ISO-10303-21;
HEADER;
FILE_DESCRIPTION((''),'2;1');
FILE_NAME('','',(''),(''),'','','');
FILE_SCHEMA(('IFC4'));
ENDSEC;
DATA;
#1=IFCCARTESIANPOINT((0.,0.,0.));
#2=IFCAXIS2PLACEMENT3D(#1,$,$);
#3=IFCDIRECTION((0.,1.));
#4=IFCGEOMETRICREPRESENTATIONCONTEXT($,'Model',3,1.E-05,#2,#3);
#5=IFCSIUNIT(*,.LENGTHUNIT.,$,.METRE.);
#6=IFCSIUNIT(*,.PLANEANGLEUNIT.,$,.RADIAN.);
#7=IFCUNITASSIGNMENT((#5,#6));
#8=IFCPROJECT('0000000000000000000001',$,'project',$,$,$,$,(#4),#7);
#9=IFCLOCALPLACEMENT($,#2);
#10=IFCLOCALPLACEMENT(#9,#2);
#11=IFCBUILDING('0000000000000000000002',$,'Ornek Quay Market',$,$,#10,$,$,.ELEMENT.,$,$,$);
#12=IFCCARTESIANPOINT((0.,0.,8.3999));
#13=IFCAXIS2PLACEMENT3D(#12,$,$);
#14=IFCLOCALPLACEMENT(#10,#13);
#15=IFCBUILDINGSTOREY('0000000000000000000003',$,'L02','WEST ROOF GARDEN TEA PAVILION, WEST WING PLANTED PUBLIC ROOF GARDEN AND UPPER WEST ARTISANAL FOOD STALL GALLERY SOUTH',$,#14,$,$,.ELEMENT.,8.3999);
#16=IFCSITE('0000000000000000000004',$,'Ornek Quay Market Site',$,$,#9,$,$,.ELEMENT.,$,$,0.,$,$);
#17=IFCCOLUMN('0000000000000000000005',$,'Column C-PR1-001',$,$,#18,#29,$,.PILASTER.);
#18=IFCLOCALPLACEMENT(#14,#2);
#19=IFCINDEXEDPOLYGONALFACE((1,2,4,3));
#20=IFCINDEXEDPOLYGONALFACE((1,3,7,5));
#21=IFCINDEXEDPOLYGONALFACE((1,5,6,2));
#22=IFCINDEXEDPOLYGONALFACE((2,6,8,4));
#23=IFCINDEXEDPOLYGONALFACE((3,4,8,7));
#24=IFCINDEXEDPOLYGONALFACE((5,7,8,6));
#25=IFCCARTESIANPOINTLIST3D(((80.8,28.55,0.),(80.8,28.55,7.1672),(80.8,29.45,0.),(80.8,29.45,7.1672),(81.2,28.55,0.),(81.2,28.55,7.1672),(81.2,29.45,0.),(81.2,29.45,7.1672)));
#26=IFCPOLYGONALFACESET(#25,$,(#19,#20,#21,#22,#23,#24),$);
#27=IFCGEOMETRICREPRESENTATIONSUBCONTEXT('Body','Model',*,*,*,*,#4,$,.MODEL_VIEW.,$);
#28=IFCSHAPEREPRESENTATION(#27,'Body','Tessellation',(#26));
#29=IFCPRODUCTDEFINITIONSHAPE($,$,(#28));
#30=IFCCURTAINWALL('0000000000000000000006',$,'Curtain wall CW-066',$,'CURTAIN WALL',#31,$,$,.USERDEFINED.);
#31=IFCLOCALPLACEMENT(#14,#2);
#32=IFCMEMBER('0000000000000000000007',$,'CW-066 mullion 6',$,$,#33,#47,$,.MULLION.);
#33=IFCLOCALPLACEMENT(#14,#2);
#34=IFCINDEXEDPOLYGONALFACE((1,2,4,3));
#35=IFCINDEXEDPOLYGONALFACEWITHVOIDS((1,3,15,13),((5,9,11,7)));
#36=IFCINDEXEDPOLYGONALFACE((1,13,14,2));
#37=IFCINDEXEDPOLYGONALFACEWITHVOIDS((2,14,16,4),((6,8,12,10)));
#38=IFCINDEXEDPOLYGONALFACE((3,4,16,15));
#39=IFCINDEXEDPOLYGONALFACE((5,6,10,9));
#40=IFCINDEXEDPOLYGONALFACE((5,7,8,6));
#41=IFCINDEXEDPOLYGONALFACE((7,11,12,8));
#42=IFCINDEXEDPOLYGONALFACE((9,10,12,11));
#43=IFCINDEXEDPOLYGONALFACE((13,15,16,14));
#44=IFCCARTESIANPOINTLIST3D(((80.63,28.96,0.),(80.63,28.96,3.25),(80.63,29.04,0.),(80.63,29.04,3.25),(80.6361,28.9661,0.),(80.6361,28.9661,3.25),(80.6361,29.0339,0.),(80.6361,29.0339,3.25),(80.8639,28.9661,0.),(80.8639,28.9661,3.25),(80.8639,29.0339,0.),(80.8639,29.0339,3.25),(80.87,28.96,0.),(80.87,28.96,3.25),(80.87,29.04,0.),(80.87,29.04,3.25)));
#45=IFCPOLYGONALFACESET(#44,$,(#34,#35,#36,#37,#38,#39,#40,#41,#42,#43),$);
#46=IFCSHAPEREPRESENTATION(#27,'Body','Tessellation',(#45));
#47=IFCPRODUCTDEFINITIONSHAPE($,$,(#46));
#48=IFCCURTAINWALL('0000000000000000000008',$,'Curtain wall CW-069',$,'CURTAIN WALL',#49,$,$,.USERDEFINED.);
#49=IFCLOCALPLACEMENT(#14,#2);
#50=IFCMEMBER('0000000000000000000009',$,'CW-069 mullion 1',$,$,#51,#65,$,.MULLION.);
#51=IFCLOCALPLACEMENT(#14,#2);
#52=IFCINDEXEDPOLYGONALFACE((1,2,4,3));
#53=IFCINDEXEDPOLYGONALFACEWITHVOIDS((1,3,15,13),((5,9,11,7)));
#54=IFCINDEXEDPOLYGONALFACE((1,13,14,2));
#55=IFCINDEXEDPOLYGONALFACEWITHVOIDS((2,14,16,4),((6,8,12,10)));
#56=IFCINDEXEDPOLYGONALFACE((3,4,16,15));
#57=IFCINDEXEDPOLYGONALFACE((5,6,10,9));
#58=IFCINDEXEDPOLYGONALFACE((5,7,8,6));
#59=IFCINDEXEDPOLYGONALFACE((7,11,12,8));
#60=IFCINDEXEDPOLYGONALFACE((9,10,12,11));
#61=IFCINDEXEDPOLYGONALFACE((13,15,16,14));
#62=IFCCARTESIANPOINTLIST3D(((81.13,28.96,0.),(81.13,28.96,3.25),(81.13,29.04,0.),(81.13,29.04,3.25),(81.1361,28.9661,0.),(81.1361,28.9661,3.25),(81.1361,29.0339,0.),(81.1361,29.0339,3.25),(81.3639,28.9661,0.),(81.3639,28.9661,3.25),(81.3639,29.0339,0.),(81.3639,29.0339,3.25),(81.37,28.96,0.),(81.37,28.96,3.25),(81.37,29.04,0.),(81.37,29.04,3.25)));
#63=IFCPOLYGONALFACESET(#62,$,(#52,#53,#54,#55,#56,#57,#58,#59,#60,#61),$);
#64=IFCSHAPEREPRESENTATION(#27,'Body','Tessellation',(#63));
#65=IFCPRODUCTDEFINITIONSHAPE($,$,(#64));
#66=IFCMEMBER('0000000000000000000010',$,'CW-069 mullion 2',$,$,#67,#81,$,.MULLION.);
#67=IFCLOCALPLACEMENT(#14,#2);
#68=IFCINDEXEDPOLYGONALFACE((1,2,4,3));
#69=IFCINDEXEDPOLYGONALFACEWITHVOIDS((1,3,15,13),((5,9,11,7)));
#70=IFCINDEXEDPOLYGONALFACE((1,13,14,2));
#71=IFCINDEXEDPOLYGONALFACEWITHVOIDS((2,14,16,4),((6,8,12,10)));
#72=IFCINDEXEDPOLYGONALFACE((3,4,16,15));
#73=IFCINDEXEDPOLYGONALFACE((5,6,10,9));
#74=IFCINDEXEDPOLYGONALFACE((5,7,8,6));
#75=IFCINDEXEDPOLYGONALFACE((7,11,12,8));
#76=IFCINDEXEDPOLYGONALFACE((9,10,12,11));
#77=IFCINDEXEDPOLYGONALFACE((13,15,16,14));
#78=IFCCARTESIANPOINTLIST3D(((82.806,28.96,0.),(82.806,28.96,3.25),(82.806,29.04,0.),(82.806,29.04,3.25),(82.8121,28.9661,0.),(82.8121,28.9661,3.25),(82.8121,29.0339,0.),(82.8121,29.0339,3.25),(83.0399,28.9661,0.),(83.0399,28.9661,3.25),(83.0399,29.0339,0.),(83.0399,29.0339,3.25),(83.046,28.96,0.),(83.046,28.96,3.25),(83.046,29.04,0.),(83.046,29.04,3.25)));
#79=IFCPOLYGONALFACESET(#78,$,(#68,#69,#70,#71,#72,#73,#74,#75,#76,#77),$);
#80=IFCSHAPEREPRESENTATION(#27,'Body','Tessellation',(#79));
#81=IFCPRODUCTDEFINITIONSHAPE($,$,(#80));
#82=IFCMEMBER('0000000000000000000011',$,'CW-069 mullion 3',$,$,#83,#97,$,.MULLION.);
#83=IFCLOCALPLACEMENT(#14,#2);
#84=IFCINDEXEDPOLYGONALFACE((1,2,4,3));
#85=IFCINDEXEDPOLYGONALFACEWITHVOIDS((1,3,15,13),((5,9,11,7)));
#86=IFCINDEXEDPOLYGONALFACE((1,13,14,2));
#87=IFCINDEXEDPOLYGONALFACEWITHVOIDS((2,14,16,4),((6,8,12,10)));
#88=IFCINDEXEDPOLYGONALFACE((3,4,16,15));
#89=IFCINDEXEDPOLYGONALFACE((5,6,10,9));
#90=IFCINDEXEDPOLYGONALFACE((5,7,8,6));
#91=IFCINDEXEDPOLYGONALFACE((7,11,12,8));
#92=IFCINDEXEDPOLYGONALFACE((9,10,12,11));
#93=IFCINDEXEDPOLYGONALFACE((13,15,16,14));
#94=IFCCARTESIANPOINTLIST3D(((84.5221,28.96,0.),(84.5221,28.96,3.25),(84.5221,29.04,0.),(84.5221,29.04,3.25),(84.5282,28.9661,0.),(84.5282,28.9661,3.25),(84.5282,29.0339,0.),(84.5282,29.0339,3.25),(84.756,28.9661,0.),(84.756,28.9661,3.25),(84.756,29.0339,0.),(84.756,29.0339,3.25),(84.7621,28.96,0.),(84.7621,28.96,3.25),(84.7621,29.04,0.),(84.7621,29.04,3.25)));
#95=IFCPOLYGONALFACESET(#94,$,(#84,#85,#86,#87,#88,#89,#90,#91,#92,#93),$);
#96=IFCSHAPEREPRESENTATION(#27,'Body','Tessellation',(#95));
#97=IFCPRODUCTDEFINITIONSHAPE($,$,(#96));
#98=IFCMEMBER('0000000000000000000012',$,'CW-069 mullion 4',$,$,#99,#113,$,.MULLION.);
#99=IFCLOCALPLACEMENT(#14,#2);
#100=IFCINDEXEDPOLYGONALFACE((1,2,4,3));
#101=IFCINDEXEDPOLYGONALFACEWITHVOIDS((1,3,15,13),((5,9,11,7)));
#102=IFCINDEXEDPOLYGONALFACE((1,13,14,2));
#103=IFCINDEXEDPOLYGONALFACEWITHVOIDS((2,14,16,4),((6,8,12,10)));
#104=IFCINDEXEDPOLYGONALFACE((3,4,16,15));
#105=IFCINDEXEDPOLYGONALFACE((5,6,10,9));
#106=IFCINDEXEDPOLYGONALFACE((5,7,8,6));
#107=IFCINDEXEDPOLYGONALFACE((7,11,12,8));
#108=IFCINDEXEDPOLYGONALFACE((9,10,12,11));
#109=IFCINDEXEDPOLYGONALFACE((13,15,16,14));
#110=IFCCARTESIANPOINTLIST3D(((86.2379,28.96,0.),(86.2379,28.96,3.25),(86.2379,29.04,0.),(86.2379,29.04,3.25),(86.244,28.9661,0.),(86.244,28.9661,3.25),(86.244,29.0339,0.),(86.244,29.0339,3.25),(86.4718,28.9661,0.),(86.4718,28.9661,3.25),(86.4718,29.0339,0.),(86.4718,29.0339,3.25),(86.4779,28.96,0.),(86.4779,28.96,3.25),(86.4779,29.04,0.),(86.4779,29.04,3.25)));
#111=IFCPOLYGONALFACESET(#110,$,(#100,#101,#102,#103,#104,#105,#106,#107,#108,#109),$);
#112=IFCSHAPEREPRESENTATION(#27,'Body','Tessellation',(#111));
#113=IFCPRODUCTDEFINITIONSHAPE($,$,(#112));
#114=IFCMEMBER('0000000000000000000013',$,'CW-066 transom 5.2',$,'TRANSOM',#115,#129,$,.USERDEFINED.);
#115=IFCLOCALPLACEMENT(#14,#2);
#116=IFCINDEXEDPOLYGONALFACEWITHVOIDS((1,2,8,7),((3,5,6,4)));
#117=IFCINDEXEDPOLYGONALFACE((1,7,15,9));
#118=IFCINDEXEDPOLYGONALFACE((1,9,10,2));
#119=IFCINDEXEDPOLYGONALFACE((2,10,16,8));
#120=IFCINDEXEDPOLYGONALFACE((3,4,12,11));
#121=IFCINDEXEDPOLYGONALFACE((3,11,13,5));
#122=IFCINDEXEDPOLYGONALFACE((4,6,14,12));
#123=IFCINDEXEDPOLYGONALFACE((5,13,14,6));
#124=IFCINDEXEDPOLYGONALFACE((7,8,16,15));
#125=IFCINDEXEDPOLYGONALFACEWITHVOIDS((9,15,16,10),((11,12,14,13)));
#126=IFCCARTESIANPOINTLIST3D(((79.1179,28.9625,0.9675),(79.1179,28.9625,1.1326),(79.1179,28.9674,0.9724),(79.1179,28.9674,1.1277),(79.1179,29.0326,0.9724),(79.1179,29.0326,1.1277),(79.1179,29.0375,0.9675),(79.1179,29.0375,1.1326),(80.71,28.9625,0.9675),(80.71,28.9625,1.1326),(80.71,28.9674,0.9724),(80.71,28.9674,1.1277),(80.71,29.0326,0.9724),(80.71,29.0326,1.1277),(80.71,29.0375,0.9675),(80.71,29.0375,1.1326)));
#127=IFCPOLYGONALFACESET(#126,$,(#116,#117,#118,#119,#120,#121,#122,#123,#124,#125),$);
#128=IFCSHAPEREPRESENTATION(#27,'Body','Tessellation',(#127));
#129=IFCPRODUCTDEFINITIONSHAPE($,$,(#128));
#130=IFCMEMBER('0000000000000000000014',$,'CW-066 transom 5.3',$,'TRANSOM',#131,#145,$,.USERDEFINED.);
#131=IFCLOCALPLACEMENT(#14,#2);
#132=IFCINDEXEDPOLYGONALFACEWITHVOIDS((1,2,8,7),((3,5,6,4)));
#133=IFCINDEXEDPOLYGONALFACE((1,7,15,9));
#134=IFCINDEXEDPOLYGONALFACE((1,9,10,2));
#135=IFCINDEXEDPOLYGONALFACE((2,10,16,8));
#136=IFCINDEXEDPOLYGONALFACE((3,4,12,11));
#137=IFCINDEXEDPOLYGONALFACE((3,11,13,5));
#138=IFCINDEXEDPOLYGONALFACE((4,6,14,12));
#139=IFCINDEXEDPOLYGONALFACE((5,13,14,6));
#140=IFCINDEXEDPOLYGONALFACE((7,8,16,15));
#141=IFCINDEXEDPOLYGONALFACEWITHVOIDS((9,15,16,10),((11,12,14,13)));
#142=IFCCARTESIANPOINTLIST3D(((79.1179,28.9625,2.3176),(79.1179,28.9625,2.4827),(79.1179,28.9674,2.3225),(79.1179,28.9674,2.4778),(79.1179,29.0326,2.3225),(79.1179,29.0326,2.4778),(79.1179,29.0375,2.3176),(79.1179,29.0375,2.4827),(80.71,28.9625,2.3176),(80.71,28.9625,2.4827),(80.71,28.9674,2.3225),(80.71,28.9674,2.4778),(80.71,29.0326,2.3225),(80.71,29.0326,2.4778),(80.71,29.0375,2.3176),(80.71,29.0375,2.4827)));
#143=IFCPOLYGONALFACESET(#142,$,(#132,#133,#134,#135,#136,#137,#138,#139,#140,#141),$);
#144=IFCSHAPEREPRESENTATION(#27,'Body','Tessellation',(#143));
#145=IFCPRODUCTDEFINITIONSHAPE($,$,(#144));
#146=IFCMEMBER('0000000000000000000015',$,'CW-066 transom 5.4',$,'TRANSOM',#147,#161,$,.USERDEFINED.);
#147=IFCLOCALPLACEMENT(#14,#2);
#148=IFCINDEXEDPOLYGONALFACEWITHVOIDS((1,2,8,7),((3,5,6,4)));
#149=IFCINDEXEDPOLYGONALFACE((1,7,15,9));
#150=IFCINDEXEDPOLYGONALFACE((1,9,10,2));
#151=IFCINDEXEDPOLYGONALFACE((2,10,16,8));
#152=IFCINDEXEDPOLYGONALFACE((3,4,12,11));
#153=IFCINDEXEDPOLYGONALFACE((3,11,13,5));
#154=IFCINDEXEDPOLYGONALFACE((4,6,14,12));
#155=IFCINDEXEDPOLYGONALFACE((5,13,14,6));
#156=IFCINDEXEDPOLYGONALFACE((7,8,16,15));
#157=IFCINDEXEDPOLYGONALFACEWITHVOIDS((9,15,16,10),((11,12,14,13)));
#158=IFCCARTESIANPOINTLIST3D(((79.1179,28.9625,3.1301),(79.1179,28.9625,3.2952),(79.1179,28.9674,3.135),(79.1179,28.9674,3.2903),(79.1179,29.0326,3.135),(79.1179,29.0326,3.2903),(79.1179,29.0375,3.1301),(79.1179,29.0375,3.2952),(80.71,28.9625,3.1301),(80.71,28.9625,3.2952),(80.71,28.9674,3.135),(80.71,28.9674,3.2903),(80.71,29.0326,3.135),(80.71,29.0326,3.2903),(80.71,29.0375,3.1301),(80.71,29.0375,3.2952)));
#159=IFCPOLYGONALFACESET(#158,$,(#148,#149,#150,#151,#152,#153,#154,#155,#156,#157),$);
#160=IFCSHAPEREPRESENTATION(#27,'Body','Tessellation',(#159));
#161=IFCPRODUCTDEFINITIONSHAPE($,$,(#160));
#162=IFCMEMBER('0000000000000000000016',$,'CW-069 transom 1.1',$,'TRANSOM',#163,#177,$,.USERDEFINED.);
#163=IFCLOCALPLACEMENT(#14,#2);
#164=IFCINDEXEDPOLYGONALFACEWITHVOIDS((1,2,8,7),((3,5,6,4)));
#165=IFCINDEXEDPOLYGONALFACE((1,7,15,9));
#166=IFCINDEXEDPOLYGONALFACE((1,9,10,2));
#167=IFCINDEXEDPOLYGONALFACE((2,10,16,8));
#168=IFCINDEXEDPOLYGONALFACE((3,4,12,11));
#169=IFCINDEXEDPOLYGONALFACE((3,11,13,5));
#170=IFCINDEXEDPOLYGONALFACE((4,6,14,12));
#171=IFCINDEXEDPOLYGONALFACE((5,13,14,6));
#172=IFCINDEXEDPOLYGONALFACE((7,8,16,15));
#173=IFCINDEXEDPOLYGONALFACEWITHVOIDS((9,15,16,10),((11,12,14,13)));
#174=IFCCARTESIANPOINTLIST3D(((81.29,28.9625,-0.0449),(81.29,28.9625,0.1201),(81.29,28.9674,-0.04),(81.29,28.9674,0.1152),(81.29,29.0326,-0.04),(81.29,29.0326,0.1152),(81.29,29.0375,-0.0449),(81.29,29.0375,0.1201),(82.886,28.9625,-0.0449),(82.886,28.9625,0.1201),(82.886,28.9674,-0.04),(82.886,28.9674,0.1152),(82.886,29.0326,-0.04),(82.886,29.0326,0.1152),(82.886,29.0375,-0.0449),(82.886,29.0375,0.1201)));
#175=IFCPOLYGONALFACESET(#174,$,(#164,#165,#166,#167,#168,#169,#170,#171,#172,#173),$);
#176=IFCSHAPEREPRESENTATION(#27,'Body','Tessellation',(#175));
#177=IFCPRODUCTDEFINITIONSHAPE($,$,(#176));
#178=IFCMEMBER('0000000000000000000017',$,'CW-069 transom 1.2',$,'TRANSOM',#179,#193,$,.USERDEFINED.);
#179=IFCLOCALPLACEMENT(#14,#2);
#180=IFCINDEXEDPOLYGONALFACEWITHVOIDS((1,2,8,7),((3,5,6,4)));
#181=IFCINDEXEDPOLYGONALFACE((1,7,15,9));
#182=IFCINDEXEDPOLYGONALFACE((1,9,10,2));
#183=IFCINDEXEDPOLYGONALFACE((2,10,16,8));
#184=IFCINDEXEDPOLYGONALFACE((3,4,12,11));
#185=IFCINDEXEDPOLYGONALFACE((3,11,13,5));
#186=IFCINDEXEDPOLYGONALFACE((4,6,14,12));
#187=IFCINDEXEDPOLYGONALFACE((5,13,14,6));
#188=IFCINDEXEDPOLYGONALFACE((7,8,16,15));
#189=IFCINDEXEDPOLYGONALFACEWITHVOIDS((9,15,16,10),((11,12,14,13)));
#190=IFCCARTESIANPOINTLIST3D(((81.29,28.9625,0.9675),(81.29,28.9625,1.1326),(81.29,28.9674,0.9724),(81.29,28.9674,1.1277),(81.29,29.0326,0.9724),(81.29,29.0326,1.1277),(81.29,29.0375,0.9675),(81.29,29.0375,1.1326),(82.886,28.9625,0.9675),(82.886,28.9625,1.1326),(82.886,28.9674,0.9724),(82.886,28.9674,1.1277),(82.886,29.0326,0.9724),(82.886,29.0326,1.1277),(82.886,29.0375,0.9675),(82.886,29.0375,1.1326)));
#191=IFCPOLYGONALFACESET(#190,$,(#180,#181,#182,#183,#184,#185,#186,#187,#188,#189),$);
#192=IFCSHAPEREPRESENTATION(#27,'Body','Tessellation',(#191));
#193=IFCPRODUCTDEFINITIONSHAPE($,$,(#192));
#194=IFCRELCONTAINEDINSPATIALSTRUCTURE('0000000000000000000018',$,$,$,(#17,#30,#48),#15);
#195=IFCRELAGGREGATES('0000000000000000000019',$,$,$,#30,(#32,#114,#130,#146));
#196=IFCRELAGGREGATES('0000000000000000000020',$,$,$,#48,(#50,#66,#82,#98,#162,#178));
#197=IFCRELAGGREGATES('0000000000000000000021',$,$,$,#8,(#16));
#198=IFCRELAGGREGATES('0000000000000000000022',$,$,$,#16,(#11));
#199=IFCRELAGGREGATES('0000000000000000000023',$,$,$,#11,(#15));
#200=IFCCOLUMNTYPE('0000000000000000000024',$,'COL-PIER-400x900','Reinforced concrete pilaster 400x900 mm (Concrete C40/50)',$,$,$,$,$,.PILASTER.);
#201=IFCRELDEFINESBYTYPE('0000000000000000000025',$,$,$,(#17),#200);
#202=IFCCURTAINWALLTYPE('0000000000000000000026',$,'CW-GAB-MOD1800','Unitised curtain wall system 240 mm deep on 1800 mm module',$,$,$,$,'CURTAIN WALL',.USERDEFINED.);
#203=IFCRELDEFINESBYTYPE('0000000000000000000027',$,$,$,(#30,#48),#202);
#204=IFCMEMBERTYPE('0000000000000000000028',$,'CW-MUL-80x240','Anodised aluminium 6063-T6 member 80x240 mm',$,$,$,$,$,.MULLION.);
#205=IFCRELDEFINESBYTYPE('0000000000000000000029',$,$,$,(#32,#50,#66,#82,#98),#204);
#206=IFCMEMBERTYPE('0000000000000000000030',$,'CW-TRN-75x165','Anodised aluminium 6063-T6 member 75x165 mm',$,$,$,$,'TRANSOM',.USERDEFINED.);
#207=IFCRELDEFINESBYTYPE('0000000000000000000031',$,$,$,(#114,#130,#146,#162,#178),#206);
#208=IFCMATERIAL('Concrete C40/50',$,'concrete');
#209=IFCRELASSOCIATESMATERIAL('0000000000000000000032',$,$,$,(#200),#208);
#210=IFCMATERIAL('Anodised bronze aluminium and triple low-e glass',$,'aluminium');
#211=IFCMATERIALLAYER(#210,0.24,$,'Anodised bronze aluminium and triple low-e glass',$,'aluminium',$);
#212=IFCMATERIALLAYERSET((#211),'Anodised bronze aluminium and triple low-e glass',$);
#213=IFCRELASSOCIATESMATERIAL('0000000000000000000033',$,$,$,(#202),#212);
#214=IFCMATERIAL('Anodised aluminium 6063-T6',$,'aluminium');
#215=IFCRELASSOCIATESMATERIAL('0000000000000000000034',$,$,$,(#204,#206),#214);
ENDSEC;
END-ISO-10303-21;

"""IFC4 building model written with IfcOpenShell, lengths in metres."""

from ifc_helpers import new_model, si_unit, direction, frame, origin, origin_2d, place, context, subcontext, project, spatial, rectangle, hollow_rectangle, extrude, material, layer, layer_set, material_profile, profile_set, type_object, element, aggregate, save


model = new_model("IFC4")

# Units and contexts
model_context = context("Model", 3, precision=1e-05, world=origin(), true_north=direction((0.0, 1.0)))
body_context = subcontext(model_context, "Body", "Model", "MODEL_VIEW")
ifc_project = project(units=[si_unit("LENGTHUNIT", "METRE"), si_unit("PLANEANGLEUNIT", "RADIAN")], contexts=[model_context])

# Site, building, storey
site_placement = place(None, origin())
site = spatial("IfcSite", under=ifc_project, at=site_placement, Name="Ornek Quay Market Site", CompositionType="ELEMENT", RefElevation=0.0)
building_placement = place(site_placement, origin())
building = spatial("IfcBuilding", under=site, at=building_placement, Name="Ornek Quay Market", CompositionType="ELEMENT")
storey_placement = place(building_placement, frame((0.0, 0.0, 8.3999)))
storey = spatial("IfcBuildingStorey", under=building, at=storey_placement, Name="L02", Description="WEST ROOF GARDEN TEA PAVILION, WEST WING PLANTED PUBLIC ROOF GARDEN AND UPPER WEST ARTISANAL FOOD STALL GALLERY SOUTH", CompositionType="ELEMENT", Elevation=8.3999)

# Column
ifc_material_1 = material(Name="Concrete C40/50", Category="concrete")
ifc_material_profile_1 = material_profile(ifc_material_1, rectangle(XDim=0.3999, YDim=0.8999, at=origin_2d()), Name="RC 400x900", Category="concrete")
ifc_profile_set_1 = profile_set([ifc_material_profile_1], Name="Concrete C40/50")
column_type = type_object("IfcColumnType", Name="COL-PIER-400x900", Description="Reinforced concrete pilaster 400x900 mm (Concrete C40/50)", PredefinedType="PILASTER", material=ifc_profile_set_1)
column_placement = place(storey_placement, frame((81.0, 29.0, 0.0), z_axis=(0.0, 0.0, 1.0), x_axis=(1.0, 0.0, 0.0)))
element("IfcColumn", 1, at=column_placement, inside=storey, type_object=column_type, Name="Column C-PR1-001", PredefinedType="PILASTER", context=body_context, shape_type="SweptSolid", body=[
    extrude(rectangle(XDim=0.3999, YDim=0.8999, at=origin_2d()), origin(), (0.0, 0.0, 1.0), 7.1672),
])

# Curtain wall, member
ifc_material_2 = material(Name="Anodised bronze aluminium and triple low-e glass", Category="aluminium")
ifc_layer_1 = layer(ifc_material_2, 0.24, Name="Anodised bronze aluminium and triple low-e glass", Category="aluminium")
ifc_layer_set_1 = layer_set([ifc_layer_1], Name="Anodised bronze aluminium and triple low-e glass")
curtain_wall_type = type_object("IfcCurtainWallType", Name="CW-GAB-MOD1800", Description="Unitised curtain wall system 240 mm deep on 1800 mm module", ElementType="CURTAIN WALL", PredefinedType="USERDEFINED", material=ifc_layer_set_1)
curtain_wall_1_placement = place(storey_placement, origin())
curtain_wall_1 = element("IfcCurtainWall", 2, at=curtain_wall_1_placement, inside=storey, type_object=curtain_wall_type, Name="Curtain wall CW-066", ObjectType="CURTAIN WALL", PredefinedType="USERDEFINED")
ifc_material_3 = material(Name="Anodised aluminium 6063-T6", Category="aluminium")
ifc_material_profile_2 = material_profile(ifc_material_3, hollow_rectangle(XDim=0.0801, YDim=0.24, WallThickness=0.0061, at=origin_2d()), Name="CW-MUL-80x240", Category="aluminium")
ifc_profile_set_2 = profile_set([ifc_material_profile_2], Name="Anodised aluminium 6063-T6")
member_type_1 = type_object("IfcMemberType", Name="CW-MUL-80x240", Description="Anodised aluminium 6063-T6 member 80x240 mm", PredefinedType="MULLION", material=ifc_profile_set_2)
member_1_placement = place(storey_placement, frame((80.75, 29.0, 0.0), z_axis=(0.0, 0.0, 1.0), x_axis=(0.0, 1.0, 0.0)))
member_1 = element("IfcMember", 3, at=member_1_placement, type_object=member_type_1, Name="CW-066 mullion 6", PredefinedType="MULLION", context=body_context, shape_type="SweptSolid", body=[
    extrude(hollow_rectangle(XDim=0.0801, YDim=0.24, WallThickness=0.0061, at=origin_2d()), origin(), (0.0, 0.0, 1.0), 3.25),
])

# Curtain wall, members
curtain_wall_2_placement = place(storey_placement, origin())
curtain_wall_2 = element("IfcCurtainWall", 4, at=curtain_wall_2_placement, inside=storey, type_object=curtain_wall_type, Name="Curtain wall CW-069", ObjectType="CURTAIN WALL", PredefinedType="USERDEFINED")
member_2_placement = place(storey_placement, frame((81.25, 29.0, 0.0), z_axis=(0.0, 0.0, 1.0), x_axis=(0.0, 1.0, 0.0)))
member_2 = element("IfcMember", 5, at=member_2_placement, type_object=member_type_1, Name="CW-069 mullion 1", PredefinedType="MULLION", context=body_context, shape_type="SweptSolid", body=[
    extrude(hollow_rectangle(XDim=0.0801, YDim=0.24, WallThickness=0.0061, at=origin_2d()), origin(), (0.0, 0.0, 1.0), 3.25),
])
member_3_placement = place(storey_placement, frame((82.926, 29.0, 0.0), z_axis=(0.0, 0.0, 1.0), x_axis=(0.0, 1.0, 0.0)))
member_3 = element("IfcMember", 6, at=member_3_placement, type_object=member_type_1, Name="CW-069 mullion 2", PredefinedType="MULLION", context=body_context, shape_type="SweptSolid", body=[
    extrude(hollow_rectangle(XDim=0.0801, YDim=0.24, WallThickness=0.0061, at=origin_2d()), origin(), (0.0, 0.0, 1.0), 3.25),
])
member_4_placement = place(storey_placement, frame((84.6421, 29.0, 0.0), z_axis=(0.0, 0.0, 1.0), x_axis=(0.0, 1.0, 0.0)))
member_4 = element("IfcMember", 7, at=member_4_placement, type_object=member_type_1, Name="CW-069 mullion 3", PredefinedType="MULLION", context=body_context, shape_type="SweptSolid", body=[
    extrude(hollow_rectangle(XDim=0.0801, YDim=0.24, WallThickness=0.0061, at=origin_2d()), origin(), (0.0, 0.0, 1.0), 3.25),
])
member_5_placement = place(storey_placement, frame((86.3579, 29.0, 0.0), z_axis=(0.0, 0.0, 1.0), x_axis=(0.0, 1.0, 0.0)))
member_5 = element("IfcMember", 8, at=member_5_placement, type_object=member_type_1, Name="CW-069 mullion 4", PredefinedType="MULLION", context=body_context, shape_type="SweptSolid", body=[
    extrude(hollow_rectangle(XDim=0.0801, YDim=0.24, WallThickness=0.0061, at=origin_2d()), origin(), (0.0, 0.0, 1.0), 3.25),
])

# Members
ifc_material_profile_3 = material_profile(ifc_material_3, hollow_rectangle(XDim=0.075, YDim=0.165, WallThickness=0.0049, at=origin_2d()), Name="CW-TRN-75x165", Category="aluminium")
ifc_profile_set_3 = profile_set([ifc_material_profile_3], Name="Anodised aluminium 6063-T6")
member_type_2 = type_object("IfcMemberType", Name="CW-TRN-75x165", Description="Anodised aluminium 6063-T6 member 75x165 mm", ElementType="TRANSOM", PredefinedType="USERDEFINED", material=ifc_profile_set_3)
member_6_placement = place(storey_placement, frame((79.1179, 29.0, 1.05), z_axis=(1.0, 0.0, 0.0), x_axis=(0.0, 1.0, 0.0)))
member_6 = element("IfcMember", 9, at=member_6_placement, type_object=member_type_2, Name="CW-066 transom 5.2", ObjectType="TRANSOM", PredefinedType="USERDEFINED", context=body_context, shape_type="SweptSolid", body=[
    extrude(hollow_rectangle(XDim=0.075, YDim=0.165, WallThickness=0.0049, at=origin_2d()), origin(), (0.0, 0.0, 1.0), 1.592),
])
member_7_placement = place(storey_placement, frame((79.1179, 29.0, 2.4001), z_axis=(1.0, 0.0, 0.0), x_axis=(0.0, 1.0, 0.0)))
member_7 = element("IfcMember", 10, at=member_7_placement, type_object=member_type_2, Name="CW-066 transom 5.3", ObjectType="TRANSOM", PredefinedType="USERDEFINED", context=body_context, shape_type="SweptSolid", body=[
    extrude(hollow_rectangle(XDim=0.075, YDim=0.165, WallThickness=0.0049, at=origin_2d()), origin(), (0.0, 0.0, 1.0), 1.592),
])
member_8_placement = place(storey_placement, frame((79.1179, 29.0, 3.2126), z_axis=(1.0, 0.0, 0.0), x_axis=(0.0, 1.0, 0.0)))
member_8 = element("IfcMember", 11, at=member_8_placement, type_object=member_type_2, Name="CW-066 transom 5.4", ObjectType="TRANSOM", PredefinedType="USERDEFINED", context=body_context, shape_type="SweptSolid", body=[
    extrude(hollow_rectangle(XDim=0.075, YDim=0.165, WallThickness=0.0049, at=origin_2d()), origin(), (0.0, 0.0, 1.0), 1.592),
])
member_9_placement = place(storey_placement, frame((81.29, 29.0, 0.0376), z_axis=(1.0, 0.0, 0.0), x_axis=(0.0, 1.0, 0.0)))
member_9 = element("IfcMember", 12, at=member_9_placement, type_object=member_type_2, Name="CW-069 transom 1.1", ObjectType="TRANSOM", PredefinedType="USERDEFINED", context=body_context, shape_type="SweptSolid", body=[
    extrude(hollow_rectangle(XDim=0.075, YDim=0.165, WallThickness=0.0049, at=origin_2d()), origin(), (0.0, 0.0, 1.0), 1.5959),
])
member_10_placement = place(storey_placement, frame((81.29, 29.0, 1.05), z_axis=(1.0, 0.0, 0.0), x_axis=(0.0, 1.0, 0.0)))
member_10 = element("IfcMember", 13, at=member_10_placement, type_object=member_type_2, Name="CW-069 transom 1.2", ObjectType="TRANSOM", PredefinedType="USERDEFINED", context=body_context, shape_type="SweptSolid", body=[
    extrude(hollow_rectangle(XDim=0.075, YDim=0.165, WallThickness=0.0049, at=origin_2d()), origin(), (0.0, 0.0, 1.0), 1.5959),
])

aggregate(curtain_wall_1, [member_1, member_6, member_7, member_8])
aggregate(curtain_wall_2, [member_2, member_3, member_4, member_5, member_9, member_10])

save(model, "model.ifc")
